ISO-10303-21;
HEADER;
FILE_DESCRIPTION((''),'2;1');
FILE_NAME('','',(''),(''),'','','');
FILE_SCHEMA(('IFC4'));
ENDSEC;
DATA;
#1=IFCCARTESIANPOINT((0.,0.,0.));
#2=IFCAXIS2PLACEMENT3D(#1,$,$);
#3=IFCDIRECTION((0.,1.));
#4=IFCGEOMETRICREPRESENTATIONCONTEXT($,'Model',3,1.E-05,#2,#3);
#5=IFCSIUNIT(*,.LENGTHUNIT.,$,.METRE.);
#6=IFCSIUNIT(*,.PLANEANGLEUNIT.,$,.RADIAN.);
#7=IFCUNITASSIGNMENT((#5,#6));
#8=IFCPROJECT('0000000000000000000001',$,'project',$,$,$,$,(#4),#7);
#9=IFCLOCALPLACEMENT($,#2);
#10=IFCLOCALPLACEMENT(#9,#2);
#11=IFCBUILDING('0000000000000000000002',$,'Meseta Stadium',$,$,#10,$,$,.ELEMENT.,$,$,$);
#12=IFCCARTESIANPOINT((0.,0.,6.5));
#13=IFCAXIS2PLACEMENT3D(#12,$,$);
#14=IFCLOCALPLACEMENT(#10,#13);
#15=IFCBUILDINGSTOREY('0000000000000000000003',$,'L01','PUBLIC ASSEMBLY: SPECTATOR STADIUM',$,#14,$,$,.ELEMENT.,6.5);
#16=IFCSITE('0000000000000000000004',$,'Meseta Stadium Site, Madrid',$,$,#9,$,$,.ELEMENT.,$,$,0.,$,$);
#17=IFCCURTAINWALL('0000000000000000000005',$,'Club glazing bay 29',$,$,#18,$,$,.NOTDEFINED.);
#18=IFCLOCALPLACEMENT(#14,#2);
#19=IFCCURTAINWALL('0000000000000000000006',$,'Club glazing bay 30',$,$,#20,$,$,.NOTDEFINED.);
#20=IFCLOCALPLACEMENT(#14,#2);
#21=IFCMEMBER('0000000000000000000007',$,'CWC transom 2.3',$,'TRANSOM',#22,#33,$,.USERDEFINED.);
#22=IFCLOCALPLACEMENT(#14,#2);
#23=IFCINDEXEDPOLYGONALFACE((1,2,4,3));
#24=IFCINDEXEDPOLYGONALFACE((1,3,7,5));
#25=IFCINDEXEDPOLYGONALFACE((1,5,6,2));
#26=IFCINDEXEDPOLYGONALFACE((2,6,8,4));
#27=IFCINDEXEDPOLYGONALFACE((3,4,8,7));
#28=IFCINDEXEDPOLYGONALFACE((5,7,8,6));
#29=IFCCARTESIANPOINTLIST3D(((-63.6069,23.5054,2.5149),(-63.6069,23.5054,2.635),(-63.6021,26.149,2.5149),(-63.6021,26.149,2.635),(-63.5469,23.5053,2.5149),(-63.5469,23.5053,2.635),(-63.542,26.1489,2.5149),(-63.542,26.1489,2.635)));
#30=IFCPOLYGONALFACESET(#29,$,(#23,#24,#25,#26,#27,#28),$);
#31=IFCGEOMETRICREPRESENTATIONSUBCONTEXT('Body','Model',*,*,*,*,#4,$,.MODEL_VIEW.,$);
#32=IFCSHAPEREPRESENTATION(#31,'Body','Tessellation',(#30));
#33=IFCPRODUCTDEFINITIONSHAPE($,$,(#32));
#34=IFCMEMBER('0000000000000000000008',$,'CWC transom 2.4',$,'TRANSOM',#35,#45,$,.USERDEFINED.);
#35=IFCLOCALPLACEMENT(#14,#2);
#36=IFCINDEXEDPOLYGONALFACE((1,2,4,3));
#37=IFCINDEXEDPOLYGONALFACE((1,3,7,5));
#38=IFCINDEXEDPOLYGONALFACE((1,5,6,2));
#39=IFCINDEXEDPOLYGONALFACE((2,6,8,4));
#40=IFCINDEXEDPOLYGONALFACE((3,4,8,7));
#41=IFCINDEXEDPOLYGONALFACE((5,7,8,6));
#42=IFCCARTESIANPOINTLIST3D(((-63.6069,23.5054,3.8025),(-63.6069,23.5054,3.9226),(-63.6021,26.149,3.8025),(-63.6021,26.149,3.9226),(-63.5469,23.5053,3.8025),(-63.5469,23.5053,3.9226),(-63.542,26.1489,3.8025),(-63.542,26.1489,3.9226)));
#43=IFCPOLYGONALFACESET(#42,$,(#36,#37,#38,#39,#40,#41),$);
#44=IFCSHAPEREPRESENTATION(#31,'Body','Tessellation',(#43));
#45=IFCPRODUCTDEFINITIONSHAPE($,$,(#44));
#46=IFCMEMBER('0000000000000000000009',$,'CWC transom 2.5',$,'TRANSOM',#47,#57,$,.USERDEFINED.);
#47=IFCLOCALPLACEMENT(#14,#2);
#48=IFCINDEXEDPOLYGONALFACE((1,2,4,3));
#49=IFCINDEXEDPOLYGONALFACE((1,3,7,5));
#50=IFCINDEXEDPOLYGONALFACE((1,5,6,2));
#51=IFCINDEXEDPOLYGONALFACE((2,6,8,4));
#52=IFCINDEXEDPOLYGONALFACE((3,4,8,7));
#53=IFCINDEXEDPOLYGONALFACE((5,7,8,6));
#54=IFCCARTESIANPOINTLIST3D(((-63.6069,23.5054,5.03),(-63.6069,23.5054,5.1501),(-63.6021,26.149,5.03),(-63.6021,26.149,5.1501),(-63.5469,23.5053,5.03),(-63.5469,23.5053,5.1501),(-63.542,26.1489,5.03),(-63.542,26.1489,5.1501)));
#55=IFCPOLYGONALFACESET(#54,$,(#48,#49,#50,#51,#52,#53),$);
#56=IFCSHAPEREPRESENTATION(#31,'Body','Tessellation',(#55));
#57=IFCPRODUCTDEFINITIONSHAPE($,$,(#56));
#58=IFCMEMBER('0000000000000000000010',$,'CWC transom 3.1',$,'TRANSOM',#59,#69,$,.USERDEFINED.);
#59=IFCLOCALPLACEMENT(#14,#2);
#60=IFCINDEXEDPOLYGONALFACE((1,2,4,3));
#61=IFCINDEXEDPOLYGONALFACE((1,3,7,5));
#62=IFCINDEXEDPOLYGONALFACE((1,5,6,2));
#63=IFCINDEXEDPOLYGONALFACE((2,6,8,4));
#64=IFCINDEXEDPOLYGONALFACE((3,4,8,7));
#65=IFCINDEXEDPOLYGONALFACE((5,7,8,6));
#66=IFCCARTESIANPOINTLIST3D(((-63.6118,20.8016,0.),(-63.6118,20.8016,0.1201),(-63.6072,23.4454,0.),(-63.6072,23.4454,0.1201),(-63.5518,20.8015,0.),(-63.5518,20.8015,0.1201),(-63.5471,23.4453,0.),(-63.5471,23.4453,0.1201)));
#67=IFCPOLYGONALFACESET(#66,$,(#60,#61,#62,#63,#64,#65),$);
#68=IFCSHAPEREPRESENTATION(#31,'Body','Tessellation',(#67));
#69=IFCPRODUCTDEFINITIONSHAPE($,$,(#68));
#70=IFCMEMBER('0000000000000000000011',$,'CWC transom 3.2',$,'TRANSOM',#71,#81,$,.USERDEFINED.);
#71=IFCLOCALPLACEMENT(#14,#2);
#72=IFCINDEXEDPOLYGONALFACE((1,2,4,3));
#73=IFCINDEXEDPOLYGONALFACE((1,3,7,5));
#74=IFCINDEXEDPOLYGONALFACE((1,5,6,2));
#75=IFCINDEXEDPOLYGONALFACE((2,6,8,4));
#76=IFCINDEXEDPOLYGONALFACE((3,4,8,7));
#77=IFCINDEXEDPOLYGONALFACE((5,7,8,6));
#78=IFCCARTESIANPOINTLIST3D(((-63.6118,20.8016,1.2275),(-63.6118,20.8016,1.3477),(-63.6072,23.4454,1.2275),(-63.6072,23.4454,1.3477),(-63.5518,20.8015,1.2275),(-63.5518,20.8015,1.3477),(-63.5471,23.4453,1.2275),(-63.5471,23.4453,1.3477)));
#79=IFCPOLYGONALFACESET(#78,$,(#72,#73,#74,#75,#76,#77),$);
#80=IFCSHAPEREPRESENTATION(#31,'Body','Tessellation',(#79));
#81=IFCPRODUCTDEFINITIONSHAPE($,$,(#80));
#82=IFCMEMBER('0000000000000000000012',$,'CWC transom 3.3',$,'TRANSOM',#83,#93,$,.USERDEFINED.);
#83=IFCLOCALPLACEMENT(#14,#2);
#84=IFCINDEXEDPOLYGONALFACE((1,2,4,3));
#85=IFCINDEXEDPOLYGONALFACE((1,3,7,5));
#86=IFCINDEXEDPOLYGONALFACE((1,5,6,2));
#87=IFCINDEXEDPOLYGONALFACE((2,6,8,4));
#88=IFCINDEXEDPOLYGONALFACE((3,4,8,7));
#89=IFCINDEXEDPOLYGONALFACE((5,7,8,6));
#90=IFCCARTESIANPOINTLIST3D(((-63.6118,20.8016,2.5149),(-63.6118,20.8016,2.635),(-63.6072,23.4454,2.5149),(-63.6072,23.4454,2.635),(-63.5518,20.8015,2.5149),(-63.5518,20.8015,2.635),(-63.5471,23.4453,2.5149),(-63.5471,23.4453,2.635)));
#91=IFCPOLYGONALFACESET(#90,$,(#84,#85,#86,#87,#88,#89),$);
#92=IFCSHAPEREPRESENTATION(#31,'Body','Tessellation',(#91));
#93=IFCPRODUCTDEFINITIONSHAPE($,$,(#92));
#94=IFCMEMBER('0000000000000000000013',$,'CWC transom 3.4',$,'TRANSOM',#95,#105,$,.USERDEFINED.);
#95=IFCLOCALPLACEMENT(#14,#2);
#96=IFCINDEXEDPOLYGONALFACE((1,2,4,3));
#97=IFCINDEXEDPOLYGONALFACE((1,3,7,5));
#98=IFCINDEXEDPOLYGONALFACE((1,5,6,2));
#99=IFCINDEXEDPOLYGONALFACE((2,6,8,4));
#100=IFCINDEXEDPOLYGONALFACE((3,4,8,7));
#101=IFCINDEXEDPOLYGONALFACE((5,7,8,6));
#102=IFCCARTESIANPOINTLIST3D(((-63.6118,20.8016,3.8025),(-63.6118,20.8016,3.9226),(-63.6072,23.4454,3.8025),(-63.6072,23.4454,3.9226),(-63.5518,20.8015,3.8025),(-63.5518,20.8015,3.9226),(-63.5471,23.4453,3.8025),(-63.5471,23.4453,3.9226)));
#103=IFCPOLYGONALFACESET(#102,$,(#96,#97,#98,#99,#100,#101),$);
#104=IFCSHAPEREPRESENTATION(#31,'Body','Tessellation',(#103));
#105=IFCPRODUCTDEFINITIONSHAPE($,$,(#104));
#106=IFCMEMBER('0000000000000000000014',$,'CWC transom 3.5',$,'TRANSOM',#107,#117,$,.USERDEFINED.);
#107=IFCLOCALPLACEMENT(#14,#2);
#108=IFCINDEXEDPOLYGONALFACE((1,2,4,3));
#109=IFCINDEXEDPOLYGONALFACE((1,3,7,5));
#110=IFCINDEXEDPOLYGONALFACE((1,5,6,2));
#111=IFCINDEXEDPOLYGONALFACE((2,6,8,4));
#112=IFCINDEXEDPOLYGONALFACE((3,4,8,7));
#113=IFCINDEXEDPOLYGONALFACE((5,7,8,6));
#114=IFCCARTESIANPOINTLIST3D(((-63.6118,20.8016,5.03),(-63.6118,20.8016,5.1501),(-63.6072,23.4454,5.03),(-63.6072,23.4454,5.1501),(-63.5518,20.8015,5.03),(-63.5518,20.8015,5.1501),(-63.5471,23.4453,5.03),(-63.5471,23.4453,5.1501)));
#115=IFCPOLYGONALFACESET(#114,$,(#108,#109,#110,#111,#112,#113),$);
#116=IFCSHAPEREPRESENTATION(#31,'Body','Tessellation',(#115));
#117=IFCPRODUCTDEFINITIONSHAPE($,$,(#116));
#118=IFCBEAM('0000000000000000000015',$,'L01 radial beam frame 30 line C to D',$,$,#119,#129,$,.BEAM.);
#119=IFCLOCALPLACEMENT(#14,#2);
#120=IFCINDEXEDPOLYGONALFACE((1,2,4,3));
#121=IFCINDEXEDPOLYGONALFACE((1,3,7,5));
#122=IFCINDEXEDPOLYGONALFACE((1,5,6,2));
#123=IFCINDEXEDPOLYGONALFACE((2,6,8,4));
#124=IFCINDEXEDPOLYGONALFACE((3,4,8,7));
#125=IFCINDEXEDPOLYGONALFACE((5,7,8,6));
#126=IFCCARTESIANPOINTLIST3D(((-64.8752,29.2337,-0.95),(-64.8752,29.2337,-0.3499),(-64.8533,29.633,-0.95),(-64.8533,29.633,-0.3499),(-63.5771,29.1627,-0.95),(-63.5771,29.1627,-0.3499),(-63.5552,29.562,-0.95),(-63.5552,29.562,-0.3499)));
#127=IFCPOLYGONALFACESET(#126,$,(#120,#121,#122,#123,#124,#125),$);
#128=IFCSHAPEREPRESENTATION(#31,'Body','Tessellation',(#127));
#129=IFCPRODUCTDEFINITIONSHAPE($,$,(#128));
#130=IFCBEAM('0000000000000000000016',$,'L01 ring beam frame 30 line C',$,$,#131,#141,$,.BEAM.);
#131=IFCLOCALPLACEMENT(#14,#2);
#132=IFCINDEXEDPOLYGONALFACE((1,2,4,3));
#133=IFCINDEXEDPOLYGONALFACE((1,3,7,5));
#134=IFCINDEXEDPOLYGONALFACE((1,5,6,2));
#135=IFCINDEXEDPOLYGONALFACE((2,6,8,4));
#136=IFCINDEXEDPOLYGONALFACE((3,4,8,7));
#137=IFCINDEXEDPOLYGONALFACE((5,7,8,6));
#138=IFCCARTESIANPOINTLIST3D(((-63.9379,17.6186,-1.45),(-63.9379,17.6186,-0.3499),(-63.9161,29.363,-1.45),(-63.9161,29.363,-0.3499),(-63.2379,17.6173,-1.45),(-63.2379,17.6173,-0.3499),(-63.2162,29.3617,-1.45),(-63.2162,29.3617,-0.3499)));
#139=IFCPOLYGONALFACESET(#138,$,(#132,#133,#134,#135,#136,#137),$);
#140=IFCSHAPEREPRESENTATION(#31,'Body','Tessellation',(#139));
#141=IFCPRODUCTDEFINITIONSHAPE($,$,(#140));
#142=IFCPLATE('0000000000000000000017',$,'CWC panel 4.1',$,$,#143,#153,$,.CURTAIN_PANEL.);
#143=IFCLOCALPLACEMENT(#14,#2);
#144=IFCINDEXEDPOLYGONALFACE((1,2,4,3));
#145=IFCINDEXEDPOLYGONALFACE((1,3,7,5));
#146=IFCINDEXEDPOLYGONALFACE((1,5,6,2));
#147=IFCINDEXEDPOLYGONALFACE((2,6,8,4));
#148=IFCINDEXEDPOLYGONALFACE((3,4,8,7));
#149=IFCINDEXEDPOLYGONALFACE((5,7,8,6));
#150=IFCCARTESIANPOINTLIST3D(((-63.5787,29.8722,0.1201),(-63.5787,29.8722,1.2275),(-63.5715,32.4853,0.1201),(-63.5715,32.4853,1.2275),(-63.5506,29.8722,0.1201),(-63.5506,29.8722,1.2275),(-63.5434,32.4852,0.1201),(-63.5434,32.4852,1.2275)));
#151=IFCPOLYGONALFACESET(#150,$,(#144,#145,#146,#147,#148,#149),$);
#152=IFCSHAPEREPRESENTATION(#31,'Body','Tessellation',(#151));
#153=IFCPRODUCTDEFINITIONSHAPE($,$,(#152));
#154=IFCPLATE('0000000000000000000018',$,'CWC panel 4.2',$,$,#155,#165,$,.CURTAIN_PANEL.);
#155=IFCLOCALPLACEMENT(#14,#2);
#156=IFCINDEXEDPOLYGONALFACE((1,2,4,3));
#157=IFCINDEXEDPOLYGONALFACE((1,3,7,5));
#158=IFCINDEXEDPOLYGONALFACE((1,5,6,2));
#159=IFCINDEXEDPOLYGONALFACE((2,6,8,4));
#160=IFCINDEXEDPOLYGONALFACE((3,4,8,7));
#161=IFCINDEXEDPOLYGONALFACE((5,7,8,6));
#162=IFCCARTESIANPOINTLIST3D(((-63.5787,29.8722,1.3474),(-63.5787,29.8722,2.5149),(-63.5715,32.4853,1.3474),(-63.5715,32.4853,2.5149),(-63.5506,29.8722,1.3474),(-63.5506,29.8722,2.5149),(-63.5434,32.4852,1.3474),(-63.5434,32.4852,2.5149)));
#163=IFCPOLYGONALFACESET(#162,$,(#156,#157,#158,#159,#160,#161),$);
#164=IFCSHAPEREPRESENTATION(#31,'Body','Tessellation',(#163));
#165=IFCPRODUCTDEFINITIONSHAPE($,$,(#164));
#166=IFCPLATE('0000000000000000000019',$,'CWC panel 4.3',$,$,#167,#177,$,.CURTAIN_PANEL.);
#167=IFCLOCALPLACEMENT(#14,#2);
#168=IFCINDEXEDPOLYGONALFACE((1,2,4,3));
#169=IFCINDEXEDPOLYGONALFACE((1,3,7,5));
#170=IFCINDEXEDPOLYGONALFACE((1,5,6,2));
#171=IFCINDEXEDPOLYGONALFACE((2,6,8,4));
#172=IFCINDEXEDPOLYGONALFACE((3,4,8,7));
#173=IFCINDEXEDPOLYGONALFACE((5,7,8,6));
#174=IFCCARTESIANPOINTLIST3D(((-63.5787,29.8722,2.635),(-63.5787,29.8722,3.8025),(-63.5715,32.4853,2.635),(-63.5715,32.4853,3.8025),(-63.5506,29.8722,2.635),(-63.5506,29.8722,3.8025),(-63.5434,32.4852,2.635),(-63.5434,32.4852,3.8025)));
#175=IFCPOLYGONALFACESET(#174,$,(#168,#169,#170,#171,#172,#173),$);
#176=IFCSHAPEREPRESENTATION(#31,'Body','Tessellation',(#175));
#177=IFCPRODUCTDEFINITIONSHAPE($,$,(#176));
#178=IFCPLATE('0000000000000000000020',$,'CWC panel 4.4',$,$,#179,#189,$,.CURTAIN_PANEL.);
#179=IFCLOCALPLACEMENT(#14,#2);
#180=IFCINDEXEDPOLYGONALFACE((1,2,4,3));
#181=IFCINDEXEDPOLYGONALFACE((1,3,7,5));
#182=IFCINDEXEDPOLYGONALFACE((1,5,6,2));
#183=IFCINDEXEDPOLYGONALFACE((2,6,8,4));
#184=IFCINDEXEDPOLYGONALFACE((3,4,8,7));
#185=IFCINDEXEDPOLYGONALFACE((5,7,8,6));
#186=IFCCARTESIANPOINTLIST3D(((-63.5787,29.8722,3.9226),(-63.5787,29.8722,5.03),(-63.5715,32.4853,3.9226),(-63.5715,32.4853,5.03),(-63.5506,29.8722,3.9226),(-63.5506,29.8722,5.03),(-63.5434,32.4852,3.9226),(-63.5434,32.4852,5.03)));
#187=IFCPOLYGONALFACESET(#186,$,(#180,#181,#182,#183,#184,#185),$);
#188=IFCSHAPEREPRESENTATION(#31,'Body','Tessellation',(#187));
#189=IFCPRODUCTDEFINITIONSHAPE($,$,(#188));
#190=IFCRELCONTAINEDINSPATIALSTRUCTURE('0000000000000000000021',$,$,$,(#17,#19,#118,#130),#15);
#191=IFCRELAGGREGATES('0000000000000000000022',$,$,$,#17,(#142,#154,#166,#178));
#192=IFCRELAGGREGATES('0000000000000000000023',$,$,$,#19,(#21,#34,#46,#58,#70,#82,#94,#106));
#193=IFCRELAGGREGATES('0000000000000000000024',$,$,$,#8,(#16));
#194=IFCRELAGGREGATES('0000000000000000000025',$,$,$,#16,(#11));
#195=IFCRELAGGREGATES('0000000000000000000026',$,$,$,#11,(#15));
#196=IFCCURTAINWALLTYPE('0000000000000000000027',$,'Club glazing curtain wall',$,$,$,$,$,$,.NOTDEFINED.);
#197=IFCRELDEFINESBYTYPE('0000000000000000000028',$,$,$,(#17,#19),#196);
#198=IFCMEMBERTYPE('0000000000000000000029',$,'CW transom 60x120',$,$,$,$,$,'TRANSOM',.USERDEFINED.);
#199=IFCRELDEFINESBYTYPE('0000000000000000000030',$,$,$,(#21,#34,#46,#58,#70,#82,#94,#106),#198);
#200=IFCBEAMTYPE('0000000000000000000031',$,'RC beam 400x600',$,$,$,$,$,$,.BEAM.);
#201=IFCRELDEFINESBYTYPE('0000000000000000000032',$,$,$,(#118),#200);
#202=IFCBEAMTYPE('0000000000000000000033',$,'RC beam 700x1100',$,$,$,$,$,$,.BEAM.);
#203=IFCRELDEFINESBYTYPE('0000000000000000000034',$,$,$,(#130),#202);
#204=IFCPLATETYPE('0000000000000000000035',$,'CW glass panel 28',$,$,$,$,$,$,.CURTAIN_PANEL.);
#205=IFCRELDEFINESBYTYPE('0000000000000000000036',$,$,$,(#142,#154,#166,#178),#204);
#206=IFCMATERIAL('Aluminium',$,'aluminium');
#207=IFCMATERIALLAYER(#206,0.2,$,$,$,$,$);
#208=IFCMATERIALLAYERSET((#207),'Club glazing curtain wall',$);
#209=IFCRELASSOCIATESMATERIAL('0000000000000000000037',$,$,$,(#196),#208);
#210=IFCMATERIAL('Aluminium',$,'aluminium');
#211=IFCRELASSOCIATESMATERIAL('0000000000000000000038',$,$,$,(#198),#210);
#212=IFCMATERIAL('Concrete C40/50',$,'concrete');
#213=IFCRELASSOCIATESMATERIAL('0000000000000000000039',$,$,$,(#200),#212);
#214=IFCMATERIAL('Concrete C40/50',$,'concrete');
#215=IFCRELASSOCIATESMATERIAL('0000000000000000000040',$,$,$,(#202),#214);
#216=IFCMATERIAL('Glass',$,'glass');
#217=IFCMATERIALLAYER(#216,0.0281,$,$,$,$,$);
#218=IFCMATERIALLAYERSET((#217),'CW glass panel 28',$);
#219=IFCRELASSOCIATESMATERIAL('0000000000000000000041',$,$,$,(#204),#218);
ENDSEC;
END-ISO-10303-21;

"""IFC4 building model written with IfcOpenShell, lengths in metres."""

from ifc_helpers import new_model, si_unit, direction, frame, origin, origin_2d, place, context, subcontext, project, spatial, rectangle, extrude, material, layer, layer_set, material_profile, profile_set, type_object, element, aggregate, save


model = new_model("IFC4")

# Units and contexts
model_context = context("Model", 3, precision=1e-05, world=origin(), true_north=direction((0.0, 1.0)))
body_context = subcontext(model_context, "Body", "Model", "MODEL_VIEW")
ifc_project = project(units=[si_unit("LENGTHUNIT", "METRE"), si_unit("PLANEANGLEUNIT", "RADIAN")], contexts=[model_context])

# Site, building, storey
site_placement = place(None, origin())
site = spatial("IfcSite", under=ifc_project, at=site_placement, Name="Meseta Stadium Site, Madrid", CompositionType="ELEMENT", RefElevation=0.0)
building_placement = place(site_placement, origin())
building = spatial("IfcBuilding", under=site, at=building_placement, Name="Meseta Stadium", CompositionType="ELEMENT")
storey_placement = place(building_placement, frame((0.0, 0.0, 6.5)))
storey = spatial("IfcBuildingStorey", under=building, at=storey_placement, Name="L01", Description="PUBLIC ASSEMBLY: SPECTATOR STADIUM", CompositionType="ELEMENT", Elevation=6.5)

# Curtain wall
ifc_material_1 = material(Name="Aluminium", Category="aluminium")
ifc_layer_1 = layer(ifc_material_1, 0.2)
ifc_layer_set_1 = layer_set([ifc_layer_1], Name="Club glazing curtain wall")
curtain_wall_type = type_object("IfcCurtainWallType", Name="Club glazing curtain wall", PredefinedType="NOTDEFINED", material=ifc_layer_set_1)
curtain_wall_1_placement = place(storey_placement, origin())
curtain_wall_1 = element("IfcCurtainWall", 1, at=curtain_wall_1_placement, inside=storey, type_object=curtain_wall_type, Name="Club glazing bay 29", PredefinedType="NOTDEFINED")

# Curtain wall, members
curtain_wall_2_placement = place(storey_placement, origin())
curtain_wall_2 = element("IfcCurtainWall", 2, at=curtain_wall_2_placement, inside=storey, type_object=curtain_wall_type, Name="Club glazing bay 30", PredefinedType="NOTDEFINED")
ifc_material_2 = material(Name="Aluminium", Category="aluminium")
ifc_material_profile_1 = material_profile(ifc_material_2, rectangle(XDim=0.0601, YDim=0.1201, at=origin_2d()), Name="CW 60x120")
ifc_profile_set_1 = profile_set([ifc_material_profile_1], Name="Aluminium")
member_type_1 = type_object("IfcMemberType", Name="CW transom 60x120", ElementType="TRANSOM", PredefinedType="USERDEFINED", material=ifc_profile_set_1)
member_1_placement = place(storey_placement, frame((-63.572, 26.1489, 2.575), z_axis=(-0.001847, -0.999998, 0.0), x_axis=(0.999998, -0.001847, 0.0)))
member_1 = element("IfcMember", 3, at=member_1_placement, type_object=member_type_1, Name="CWC transom 2.3", ObjectType="TRANSOM", PredefinedType="USERDEFINED", context=body_context, shape_type="SweptSolid", body=[
    extrude(rectangle(XDim=0.0601, YDim=0.1201, at=origin_2d()), origin(), (0.0, 0.0, 1.0), 2.6436),
])
member_2_placement = place(storey_placement, frame((-63.572, 26.1489, 3.8625), z_axis=(-0.001847, -0.999998, 0.0), x_axis=(0.999998, -0.001847, 0.0)))
member_2 = element("IfcMember", 4, at=member_2_placement, type_object=member_type_1, Name="CWC transom 2.4", ObjectType="TRANSOM", PredefinedType="USERDEFINED", context=body_context, shape_type="SweptSolid", body=[
    extrude(rectangle(XDim=0.0601, YDim=0.1201, at=origin_2d()), origin(), (0.0, 0.0, 1.0), 2.6436),
])
member_3_placement = place(storey_placement, frame((-63.572, 26.1489, 5.0901), z_axis=(-0.001847, -0.999998, 0.0), x_axis=(0.999998, -0.001847, 0.0)))
member_3 = element("IfcMember", 5, at=member_3_placement, type_object=member_type_1, Name="CWC transom 2.5", ObjectType="TRANSOM", PredefinedType="USERDEFINED", context=body_context, shape_type="SweptSolid", body=[
    extrude(rectangle(XDim=0.0601, YDim=0.1201, at=origin_2d()), origin(), (0.0, 0.0, 1.0), 2.6436),
])
member_4_placement = place(storey_placement, frame((-63.5771, 23.4453, 0.0601), z_axis=(-0.001755, -0.999998, 0.0), x_axis=(0.999998, -0.001755, 0.0)))
member_4 = element("IfcMember", 6, at=member_4_placement, type_object=member_type_1, Name="CWC transom 3.1", ObjectType="TRANSOM", PredefinedType="USERDEFINED", context=body_context, shape_type="SweptSolid", body=[
    extrude(rectangle(XDim=0.0601, YDim=0.1201, at=origin_2d()), origin(), (0.0, 0.0, 1.0), 2.6438),
])
member_5_placement = place(storey_placement, frame((-63.5771, 23.4453, 1.2876), z_axis=(-0.001755, -0.999998, 0.0), x_axis=(0.999998, -0.001755, 0.0)))
member_5 = element("IfcMember", 7, at=member_5_placement, type_object=member_type_1, Name="CWC transom 3.2", ObjectType="TRANSOM", PredefinedType="USERDEFINED", context=body_context, shape_type="SweptSolid", body=[
    extrude(rectangle(XDim=0.0601, YDim=0.1201, at=origin_2d()), origin(), (0.0, 0.0, 1.0), 2.6438),
])
member_6_placement = place(storey_placement, frame((-63.5771, 23.4453, 2.575), z_axis=(-0.001755, -0.999998, 0.0), x_axis=(0.999998, -0.001755, 0.0)))
member_6 = element("IfcMember", 8, at=member_6_placement, type_object=member_type_1, Name="CWC transom 3.3", ObjectType="TRANSOM", PredefinedType="USERDEFINED", context=body_context, shape_type="SweptSolid", body=[
    extrude(rectangle(XDim=0.0601, YDim=0.1201, at=origin_2d()), origin(), (0.0, 0.0, 1.0), 2.6438),
])
member_7_placement = place(storey_placement, frame((-63.5771, 23.4453, 3.8625), z_axis=(-0.001755, -0.999998, 0.0), x_axis=(0.999998, -0.001755, 0.0)))
member_7 = element("IfcMember", 9, at=member_7_placement, type_object=member_type_1, Name="CWC transom 3.4", ObjectType="TRANSOM", PredefinedType="USERDEFINED", context=body_context, shape_type="SweptSolid", body=[
    extrude(rectangle(XDim=0.0601, YDim=0.1201, at=origin_2d()), origin(), (0.0, 0.0, 1.0), 2.6438),
])
member_8_placement = place(storey_placement, frame((-63.5771, 23.4453, 5.0901), z_axis=(-0.001755, -0.999998, 0.0), x_axis=(0.999998, -0.001755, 0.0)))
member_8 = element("IfcMember", 10, at=member_8_placement, type_object=member_type_1, Name="CWC transom 3.5", ObjectType="TRANSOM", PredefinedType="USERDEFINED", context=body_context, shape_type="SweptSolid", body=[
    extrude(rectangle(XDim=0.0601, YDim=0.1201, at=origin_2d()), origin(), (0.0, 0.0, 1.0), 2.6438),
])

# Beams
ifc_material_3 = material(Name="Concrete C40/50", Category="concrete")
ifc_material_profile_2 = material_profile(ifc_material_3, rectangle(XDim=0.3999, YDim=0.6001, at=origin_2d()), Name="RC 400x600")
ifc_profile_set_2 = profile_set([ifc_material_profile_2], Name="Concrete C40/50")
beam_type_1 = type_object("IfcBeamType", Name="RC beam 400x600", PredefinedType="BEAM", material=ifc_profile_set_2)
beam_1_placement = place(storey_placement, frame((-63.5662, 29.3623, -0.6499), z_axis=(-0.998506, 0.054648, 0.0), x_axis=(-0.054648, -0.998506, 0.0)))
element("IfcBeam", 11, at=beam_1_placement, inside=storey, type_object=beam_type_1, Name="L01 radial beam frame 30 line C to D", PredefinedType="BEAM", context=body_context, shape_type="SweptSolid", body=[
    extrude(rectangle(XDim=0.3999, YDim=0.6001, at=origin_2d()), origin(), (0.0, 0.0, 1.0), 1.3),
])
ifc_material_4 = material(Name="Concrete C40/50", Category="concrete")
ifc_material_profile_3 = material_profile(ifc_material_4, rectangle(XDim=0.7, YDim=1.1001, at=origin_2d()), Name="RC 700x1100")
ifc_profile_set_3 = profile_set([ifc_material_profile_3], Name="Concrete C40/50")
beam_type_2 = type_object("IfcBeamType", Name="RC beam 700x1100", PredefinedType="BEAM", material=ifc_profile_set_3)
beam_2_placement = place(storey_placement, frame((-63.5662, 29.3623, -0.8999), z_axis=(-0.00185, -0.999998, 0.0), x_axis=(0.999998, -0.00185, 0.0)))
element("IfcBeam", 12, at=beam_2_placement, inside=storey, type_object=beam_type_2, Name="L01 ring beam frame 30 line C", PredefinedType="BEAM", context=body_context, shape_type="SweptSolid", body=[
    extrude(rectangle(XDim=0.7, YDim=1.1001, at=origin_2d()), origin(), (0.0, 0.0, 1.0), 11.7444),
])

# Plates
ifc_material_5 = material(Name="Glass", Category="glass")
ifc_layer_2 = layer(ifc_material_5, 0.0281)
ifc_layer_set_2 = layer_set([ifc_layer_2], Name="CW glass panel 28")
plate_type = type_object("IfcPlateType", Name="CW glass panel 28", PredefinedType="CURTAIN_PANEL", material=ifc_layer_set_2)
plate_1_placement = place(storey_placement, frame((-63.561, 31.1787, 0.1201), z_axis=(0.0, 0.0, 1.0), x_axis=(-0.002758, -0.999996, 0.0)))
plate_1 = element("IfcPlate", 13, at=plate_1_placement, type_object=plate_type, Name="CWC panel 4.1", PredefinedType="CURTAIN_PANEL", context=body_context, shape_type="SweptSolid", body=[
    extrude(rectangle(XDim=2.613, YDim=0.0281, at=origin_2d()), origin(), (0.0, 0.0, 1.0), 1.1074),
])
plate_2_placement = place(storey_placement, frame((-63.561, 31.1787, 1.3474), z_axis=(0.0, 0.0, 1.0), x_axis=(-0.002758, -0.999996, 0.0)))
plate_2 = element("IfcPlate", 14, at=plate_2_placement, type_object=plate_type, Name="CWC panel 4.2", PredefinedType="CURTAIN_PANEL", context=body_context, shape_type="SweptSolid", body=[
    extrude(rectangle(XDim=2.613, YDim=0.0281, at=origin_2d()), origin(), (0.0, 0.0, 1.0), 1.1675),
])
plate_3_placement = place(storey_placement, frame((-63.561, 31.1787, 2.635), z_axis=(0.0, 0.0, 1.0), x_axis=(-0.002758, -0.999996, 0.0)))
plate_3 = element("IfcPlate", 15, at=plate_3_placement, type_object=plate_type, Name="CWC panel 4.3", PredefinedType="CURTAIN_PANEL", context=body_context, shape_type="SweptSolid", body=[
    extrude(rectangle(XDim=2.613, YDim=0.0281, at=origin_2d()), origin(), (0.0, 0.0, 1.0), 1.1675),
])
plate_4_placement = place(storey_placement, frame((-63.561, 31.1787, 3.9226), z_axis=(0.0, 0.0, 1.0), x_axis=(-0.002758, -0.999996, 0.0)))
plate_4 = element("IfcPlate", 16, at=plate_4_placement, type_object=plate_type, Name="CWC panel 4.4", PredefinedType="CURTAIN_PANEL", context=body_context, shape_type="SweptSolid", body=[
    extrude(rectangle(XDim=2.613, YDim=0.0281, at=origin_2d()), origin(), (0.0, 0.0, 1.0), 1.1074),
])
aggregate(curtain_wall_1, [plate_1, plate_2, plate_3, plate_4])
aggregate(curtain_wall_2, [member_1, member_2, member_3, member_4, member_5, member_6, member_7, member_8])

save(model, "model.ifc")
